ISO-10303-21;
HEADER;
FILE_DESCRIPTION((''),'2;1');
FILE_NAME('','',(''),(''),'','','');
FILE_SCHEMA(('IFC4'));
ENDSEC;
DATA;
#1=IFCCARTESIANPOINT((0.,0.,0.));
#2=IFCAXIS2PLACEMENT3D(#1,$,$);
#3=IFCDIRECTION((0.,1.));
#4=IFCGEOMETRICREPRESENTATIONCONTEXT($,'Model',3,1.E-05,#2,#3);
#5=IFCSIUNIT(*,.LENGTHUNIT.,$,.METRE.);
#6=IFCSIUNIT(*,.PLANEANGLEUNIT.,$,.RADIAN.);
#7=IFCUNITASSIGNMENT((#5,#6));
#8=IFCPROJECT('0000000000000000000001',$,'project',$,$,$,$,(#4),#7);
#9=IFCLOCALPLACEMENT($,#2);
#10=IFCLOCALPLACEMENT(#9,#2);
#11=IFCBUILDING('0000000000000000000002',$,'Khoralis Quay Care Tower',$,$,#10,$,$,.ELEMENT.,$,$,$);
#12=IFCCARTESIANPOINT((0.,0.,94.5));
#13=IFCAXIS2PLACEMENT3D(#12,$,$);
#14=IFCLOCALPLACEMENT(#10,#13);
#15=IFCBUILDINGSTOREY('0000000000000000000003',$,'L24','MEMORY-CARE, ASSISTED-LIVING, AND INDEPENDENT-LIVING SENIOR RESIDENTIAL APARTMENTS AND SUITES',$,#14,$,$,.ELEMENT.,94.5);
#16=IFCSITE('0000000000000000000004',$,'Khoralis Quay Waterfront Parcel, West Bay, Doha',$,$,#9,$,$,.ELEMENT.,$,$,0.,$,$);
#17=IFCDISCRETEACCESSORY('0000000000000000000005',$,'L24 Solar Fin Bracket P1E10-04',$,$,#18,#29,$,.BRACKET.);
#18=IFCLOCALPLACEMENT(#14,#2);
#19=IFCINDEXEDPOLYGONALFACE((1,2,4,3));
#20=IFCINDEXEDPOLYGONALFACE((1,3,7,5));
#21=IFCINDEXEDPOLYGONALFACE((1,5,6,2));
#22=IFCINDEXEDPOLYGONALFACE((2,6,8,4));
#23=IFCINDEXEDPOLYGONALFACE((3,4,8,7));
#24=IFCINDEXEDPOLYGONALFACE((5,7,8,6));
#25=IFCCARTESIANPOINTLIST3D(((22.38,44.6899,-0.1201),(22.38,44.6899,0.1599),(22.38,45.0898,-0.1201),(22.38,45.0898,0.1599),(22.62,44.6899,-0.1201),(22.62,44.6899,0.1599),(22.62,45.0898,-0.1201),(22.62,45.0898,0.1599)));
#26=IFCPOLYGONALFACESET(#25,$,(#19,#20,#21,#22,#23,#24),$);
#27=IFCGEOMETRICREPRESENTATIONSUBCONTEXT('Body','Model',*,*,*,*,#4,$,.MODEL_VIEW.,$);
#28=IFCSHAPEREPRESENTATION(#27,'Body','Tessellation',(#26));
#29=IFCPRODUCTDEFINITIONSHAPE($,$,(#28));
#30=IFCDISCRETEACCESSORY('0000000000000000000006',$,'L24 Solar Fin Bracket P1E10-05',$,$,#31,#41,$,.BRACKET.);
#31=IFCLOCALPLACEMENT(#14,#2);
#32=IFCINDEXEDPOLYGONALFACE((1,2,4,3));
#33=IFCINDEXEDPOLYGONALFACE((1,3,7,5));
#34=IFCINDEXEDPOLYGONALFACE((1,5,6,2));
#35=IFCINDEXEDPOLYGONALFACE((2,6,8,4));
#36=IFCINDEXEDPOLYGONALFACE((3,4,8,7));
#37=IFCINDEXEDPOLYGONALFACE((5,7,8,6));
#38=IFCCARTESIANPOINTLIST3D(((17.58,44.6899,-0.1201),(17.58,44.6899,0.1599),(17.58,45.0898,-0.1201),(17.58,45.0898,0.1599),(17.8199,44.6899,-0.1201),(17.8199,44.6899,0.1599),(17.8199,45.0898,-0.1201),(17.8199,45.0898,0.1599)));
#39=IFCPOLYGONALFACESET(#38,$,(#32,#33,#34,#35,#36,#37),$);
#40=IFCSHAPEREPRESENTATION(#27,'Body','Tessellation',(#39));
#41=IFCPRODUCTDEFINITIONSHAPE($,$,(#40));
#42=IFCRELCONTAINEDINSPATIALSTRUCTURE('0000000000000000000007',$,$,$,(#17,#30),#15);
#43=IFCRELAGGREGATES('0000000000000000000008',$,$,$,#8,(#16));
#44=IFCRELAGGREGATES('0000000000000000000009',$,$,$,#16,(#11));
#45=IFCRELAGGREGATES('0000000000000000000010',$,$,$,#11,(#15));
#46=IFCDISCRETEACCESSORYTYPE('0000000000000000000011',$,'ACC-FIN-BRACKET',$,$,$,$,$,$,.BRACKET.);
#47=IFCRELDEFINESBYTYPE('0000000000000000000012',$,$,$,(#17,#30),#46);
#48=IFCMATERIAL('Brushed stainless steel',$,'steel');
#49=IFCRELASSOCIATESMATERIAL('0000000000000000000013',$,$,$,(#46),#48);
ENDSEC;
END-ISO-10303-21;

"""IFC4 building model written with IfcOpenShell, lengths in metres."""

from ifc_helpers import new_model, si_unit, direction, frame, origin, origin_2d, place, context, subcontext, project, spatial, rectangle, extrude, source, transform, mapped, material, type_object, element, save


model = new_model("IFC4")

# Units and contexts
model_context = context("Model", 3, precision=1e-05, world=origin(), true_north=direction((0.0, 1.0)))
body_context = subcontext(model_context, "Body", "Model", "MODEL_VIEW")
ifc_project = project(units=[si_unit("LENGTHUNIT", "METRE"), si_unit("PLANEANGLEUNIT", "RADIAN")], contexts=[model_context])

# Site, building, storey
site_placement = place(None, origin())
site = spatial("IfcSite", under=ifc_project, at=site_placement, Name="Khoralis Quay Waterfront Parcel, West Bay, Doha", CompositionType="ELEMENT", RefElevation=0.0)
building_placement = place(site_placement, origin())
building = spatial("IfcBuilding", under=site, at=building_placement, Name="Khoralis Quay Care Tower", CompositionType="ELEMENT")
storey_placement = place(building_placement, frame((0.0, 0.0, 94.5)))
storey = spatial("IfcBuildingStorey", under=building, at=storey_placement, Name="L24", Description="MEMORY-CARE, ASSISTED-LIVING, AND INDEPENDENT-LIVING SENIOR RESIDENTIAL APARTMENTS AND SUITES", CompositionType="ELEMENT", Elevation=94.5)

# Discrete accessories
ifc_material_1 = material(Name="Brushed stainless steel", Category="steel")
discrete_accessory_type = type_object("IfcDiscreteAccessoryType", Name="ACC-FIN-BRACKET", PredefinedType="BRACKET", material=ifc_material_1)
shared_shape_1 = source(origin(), body_context, "Body", "SweptSolid", [
    extrude(rectangle(XDim=0.3999, YDim=0.24, at=origin_2d()), origin(), (0.0, 0.0, 1.0), 0.28),
])
for number, where, z_axis, x_axis, name in (
    (1, (22.5, 44.8899, -0.1201), (0.0, 0.0, 1.0), (0.0, 1.0, 0.0), "L24 Solar Fin Bracket P1E10-04"),
    (2, (17.7, 44.8899, -0.1201), (0.0, 0.0, 1.0), (0.0, 1.0, 0.0), "L24 Solar Fin Bracket P1E10-05"),
):
    element("IfcDiscreteAccessory", number, at=place(storey_placement, frame(where, z_axis=z_axis, x_axis=x_axis)), inside=storey, type_object=discrete_accessory_type, Name=name, PredefinedType="BRACKET", context=body_context, shape_type="MappedRepresentation", body=[
        mapped(shared_shape_1, transform((0.0, 0.0, 0.0), scale=1.0)),
    ])

save(model, "model.ifc")
